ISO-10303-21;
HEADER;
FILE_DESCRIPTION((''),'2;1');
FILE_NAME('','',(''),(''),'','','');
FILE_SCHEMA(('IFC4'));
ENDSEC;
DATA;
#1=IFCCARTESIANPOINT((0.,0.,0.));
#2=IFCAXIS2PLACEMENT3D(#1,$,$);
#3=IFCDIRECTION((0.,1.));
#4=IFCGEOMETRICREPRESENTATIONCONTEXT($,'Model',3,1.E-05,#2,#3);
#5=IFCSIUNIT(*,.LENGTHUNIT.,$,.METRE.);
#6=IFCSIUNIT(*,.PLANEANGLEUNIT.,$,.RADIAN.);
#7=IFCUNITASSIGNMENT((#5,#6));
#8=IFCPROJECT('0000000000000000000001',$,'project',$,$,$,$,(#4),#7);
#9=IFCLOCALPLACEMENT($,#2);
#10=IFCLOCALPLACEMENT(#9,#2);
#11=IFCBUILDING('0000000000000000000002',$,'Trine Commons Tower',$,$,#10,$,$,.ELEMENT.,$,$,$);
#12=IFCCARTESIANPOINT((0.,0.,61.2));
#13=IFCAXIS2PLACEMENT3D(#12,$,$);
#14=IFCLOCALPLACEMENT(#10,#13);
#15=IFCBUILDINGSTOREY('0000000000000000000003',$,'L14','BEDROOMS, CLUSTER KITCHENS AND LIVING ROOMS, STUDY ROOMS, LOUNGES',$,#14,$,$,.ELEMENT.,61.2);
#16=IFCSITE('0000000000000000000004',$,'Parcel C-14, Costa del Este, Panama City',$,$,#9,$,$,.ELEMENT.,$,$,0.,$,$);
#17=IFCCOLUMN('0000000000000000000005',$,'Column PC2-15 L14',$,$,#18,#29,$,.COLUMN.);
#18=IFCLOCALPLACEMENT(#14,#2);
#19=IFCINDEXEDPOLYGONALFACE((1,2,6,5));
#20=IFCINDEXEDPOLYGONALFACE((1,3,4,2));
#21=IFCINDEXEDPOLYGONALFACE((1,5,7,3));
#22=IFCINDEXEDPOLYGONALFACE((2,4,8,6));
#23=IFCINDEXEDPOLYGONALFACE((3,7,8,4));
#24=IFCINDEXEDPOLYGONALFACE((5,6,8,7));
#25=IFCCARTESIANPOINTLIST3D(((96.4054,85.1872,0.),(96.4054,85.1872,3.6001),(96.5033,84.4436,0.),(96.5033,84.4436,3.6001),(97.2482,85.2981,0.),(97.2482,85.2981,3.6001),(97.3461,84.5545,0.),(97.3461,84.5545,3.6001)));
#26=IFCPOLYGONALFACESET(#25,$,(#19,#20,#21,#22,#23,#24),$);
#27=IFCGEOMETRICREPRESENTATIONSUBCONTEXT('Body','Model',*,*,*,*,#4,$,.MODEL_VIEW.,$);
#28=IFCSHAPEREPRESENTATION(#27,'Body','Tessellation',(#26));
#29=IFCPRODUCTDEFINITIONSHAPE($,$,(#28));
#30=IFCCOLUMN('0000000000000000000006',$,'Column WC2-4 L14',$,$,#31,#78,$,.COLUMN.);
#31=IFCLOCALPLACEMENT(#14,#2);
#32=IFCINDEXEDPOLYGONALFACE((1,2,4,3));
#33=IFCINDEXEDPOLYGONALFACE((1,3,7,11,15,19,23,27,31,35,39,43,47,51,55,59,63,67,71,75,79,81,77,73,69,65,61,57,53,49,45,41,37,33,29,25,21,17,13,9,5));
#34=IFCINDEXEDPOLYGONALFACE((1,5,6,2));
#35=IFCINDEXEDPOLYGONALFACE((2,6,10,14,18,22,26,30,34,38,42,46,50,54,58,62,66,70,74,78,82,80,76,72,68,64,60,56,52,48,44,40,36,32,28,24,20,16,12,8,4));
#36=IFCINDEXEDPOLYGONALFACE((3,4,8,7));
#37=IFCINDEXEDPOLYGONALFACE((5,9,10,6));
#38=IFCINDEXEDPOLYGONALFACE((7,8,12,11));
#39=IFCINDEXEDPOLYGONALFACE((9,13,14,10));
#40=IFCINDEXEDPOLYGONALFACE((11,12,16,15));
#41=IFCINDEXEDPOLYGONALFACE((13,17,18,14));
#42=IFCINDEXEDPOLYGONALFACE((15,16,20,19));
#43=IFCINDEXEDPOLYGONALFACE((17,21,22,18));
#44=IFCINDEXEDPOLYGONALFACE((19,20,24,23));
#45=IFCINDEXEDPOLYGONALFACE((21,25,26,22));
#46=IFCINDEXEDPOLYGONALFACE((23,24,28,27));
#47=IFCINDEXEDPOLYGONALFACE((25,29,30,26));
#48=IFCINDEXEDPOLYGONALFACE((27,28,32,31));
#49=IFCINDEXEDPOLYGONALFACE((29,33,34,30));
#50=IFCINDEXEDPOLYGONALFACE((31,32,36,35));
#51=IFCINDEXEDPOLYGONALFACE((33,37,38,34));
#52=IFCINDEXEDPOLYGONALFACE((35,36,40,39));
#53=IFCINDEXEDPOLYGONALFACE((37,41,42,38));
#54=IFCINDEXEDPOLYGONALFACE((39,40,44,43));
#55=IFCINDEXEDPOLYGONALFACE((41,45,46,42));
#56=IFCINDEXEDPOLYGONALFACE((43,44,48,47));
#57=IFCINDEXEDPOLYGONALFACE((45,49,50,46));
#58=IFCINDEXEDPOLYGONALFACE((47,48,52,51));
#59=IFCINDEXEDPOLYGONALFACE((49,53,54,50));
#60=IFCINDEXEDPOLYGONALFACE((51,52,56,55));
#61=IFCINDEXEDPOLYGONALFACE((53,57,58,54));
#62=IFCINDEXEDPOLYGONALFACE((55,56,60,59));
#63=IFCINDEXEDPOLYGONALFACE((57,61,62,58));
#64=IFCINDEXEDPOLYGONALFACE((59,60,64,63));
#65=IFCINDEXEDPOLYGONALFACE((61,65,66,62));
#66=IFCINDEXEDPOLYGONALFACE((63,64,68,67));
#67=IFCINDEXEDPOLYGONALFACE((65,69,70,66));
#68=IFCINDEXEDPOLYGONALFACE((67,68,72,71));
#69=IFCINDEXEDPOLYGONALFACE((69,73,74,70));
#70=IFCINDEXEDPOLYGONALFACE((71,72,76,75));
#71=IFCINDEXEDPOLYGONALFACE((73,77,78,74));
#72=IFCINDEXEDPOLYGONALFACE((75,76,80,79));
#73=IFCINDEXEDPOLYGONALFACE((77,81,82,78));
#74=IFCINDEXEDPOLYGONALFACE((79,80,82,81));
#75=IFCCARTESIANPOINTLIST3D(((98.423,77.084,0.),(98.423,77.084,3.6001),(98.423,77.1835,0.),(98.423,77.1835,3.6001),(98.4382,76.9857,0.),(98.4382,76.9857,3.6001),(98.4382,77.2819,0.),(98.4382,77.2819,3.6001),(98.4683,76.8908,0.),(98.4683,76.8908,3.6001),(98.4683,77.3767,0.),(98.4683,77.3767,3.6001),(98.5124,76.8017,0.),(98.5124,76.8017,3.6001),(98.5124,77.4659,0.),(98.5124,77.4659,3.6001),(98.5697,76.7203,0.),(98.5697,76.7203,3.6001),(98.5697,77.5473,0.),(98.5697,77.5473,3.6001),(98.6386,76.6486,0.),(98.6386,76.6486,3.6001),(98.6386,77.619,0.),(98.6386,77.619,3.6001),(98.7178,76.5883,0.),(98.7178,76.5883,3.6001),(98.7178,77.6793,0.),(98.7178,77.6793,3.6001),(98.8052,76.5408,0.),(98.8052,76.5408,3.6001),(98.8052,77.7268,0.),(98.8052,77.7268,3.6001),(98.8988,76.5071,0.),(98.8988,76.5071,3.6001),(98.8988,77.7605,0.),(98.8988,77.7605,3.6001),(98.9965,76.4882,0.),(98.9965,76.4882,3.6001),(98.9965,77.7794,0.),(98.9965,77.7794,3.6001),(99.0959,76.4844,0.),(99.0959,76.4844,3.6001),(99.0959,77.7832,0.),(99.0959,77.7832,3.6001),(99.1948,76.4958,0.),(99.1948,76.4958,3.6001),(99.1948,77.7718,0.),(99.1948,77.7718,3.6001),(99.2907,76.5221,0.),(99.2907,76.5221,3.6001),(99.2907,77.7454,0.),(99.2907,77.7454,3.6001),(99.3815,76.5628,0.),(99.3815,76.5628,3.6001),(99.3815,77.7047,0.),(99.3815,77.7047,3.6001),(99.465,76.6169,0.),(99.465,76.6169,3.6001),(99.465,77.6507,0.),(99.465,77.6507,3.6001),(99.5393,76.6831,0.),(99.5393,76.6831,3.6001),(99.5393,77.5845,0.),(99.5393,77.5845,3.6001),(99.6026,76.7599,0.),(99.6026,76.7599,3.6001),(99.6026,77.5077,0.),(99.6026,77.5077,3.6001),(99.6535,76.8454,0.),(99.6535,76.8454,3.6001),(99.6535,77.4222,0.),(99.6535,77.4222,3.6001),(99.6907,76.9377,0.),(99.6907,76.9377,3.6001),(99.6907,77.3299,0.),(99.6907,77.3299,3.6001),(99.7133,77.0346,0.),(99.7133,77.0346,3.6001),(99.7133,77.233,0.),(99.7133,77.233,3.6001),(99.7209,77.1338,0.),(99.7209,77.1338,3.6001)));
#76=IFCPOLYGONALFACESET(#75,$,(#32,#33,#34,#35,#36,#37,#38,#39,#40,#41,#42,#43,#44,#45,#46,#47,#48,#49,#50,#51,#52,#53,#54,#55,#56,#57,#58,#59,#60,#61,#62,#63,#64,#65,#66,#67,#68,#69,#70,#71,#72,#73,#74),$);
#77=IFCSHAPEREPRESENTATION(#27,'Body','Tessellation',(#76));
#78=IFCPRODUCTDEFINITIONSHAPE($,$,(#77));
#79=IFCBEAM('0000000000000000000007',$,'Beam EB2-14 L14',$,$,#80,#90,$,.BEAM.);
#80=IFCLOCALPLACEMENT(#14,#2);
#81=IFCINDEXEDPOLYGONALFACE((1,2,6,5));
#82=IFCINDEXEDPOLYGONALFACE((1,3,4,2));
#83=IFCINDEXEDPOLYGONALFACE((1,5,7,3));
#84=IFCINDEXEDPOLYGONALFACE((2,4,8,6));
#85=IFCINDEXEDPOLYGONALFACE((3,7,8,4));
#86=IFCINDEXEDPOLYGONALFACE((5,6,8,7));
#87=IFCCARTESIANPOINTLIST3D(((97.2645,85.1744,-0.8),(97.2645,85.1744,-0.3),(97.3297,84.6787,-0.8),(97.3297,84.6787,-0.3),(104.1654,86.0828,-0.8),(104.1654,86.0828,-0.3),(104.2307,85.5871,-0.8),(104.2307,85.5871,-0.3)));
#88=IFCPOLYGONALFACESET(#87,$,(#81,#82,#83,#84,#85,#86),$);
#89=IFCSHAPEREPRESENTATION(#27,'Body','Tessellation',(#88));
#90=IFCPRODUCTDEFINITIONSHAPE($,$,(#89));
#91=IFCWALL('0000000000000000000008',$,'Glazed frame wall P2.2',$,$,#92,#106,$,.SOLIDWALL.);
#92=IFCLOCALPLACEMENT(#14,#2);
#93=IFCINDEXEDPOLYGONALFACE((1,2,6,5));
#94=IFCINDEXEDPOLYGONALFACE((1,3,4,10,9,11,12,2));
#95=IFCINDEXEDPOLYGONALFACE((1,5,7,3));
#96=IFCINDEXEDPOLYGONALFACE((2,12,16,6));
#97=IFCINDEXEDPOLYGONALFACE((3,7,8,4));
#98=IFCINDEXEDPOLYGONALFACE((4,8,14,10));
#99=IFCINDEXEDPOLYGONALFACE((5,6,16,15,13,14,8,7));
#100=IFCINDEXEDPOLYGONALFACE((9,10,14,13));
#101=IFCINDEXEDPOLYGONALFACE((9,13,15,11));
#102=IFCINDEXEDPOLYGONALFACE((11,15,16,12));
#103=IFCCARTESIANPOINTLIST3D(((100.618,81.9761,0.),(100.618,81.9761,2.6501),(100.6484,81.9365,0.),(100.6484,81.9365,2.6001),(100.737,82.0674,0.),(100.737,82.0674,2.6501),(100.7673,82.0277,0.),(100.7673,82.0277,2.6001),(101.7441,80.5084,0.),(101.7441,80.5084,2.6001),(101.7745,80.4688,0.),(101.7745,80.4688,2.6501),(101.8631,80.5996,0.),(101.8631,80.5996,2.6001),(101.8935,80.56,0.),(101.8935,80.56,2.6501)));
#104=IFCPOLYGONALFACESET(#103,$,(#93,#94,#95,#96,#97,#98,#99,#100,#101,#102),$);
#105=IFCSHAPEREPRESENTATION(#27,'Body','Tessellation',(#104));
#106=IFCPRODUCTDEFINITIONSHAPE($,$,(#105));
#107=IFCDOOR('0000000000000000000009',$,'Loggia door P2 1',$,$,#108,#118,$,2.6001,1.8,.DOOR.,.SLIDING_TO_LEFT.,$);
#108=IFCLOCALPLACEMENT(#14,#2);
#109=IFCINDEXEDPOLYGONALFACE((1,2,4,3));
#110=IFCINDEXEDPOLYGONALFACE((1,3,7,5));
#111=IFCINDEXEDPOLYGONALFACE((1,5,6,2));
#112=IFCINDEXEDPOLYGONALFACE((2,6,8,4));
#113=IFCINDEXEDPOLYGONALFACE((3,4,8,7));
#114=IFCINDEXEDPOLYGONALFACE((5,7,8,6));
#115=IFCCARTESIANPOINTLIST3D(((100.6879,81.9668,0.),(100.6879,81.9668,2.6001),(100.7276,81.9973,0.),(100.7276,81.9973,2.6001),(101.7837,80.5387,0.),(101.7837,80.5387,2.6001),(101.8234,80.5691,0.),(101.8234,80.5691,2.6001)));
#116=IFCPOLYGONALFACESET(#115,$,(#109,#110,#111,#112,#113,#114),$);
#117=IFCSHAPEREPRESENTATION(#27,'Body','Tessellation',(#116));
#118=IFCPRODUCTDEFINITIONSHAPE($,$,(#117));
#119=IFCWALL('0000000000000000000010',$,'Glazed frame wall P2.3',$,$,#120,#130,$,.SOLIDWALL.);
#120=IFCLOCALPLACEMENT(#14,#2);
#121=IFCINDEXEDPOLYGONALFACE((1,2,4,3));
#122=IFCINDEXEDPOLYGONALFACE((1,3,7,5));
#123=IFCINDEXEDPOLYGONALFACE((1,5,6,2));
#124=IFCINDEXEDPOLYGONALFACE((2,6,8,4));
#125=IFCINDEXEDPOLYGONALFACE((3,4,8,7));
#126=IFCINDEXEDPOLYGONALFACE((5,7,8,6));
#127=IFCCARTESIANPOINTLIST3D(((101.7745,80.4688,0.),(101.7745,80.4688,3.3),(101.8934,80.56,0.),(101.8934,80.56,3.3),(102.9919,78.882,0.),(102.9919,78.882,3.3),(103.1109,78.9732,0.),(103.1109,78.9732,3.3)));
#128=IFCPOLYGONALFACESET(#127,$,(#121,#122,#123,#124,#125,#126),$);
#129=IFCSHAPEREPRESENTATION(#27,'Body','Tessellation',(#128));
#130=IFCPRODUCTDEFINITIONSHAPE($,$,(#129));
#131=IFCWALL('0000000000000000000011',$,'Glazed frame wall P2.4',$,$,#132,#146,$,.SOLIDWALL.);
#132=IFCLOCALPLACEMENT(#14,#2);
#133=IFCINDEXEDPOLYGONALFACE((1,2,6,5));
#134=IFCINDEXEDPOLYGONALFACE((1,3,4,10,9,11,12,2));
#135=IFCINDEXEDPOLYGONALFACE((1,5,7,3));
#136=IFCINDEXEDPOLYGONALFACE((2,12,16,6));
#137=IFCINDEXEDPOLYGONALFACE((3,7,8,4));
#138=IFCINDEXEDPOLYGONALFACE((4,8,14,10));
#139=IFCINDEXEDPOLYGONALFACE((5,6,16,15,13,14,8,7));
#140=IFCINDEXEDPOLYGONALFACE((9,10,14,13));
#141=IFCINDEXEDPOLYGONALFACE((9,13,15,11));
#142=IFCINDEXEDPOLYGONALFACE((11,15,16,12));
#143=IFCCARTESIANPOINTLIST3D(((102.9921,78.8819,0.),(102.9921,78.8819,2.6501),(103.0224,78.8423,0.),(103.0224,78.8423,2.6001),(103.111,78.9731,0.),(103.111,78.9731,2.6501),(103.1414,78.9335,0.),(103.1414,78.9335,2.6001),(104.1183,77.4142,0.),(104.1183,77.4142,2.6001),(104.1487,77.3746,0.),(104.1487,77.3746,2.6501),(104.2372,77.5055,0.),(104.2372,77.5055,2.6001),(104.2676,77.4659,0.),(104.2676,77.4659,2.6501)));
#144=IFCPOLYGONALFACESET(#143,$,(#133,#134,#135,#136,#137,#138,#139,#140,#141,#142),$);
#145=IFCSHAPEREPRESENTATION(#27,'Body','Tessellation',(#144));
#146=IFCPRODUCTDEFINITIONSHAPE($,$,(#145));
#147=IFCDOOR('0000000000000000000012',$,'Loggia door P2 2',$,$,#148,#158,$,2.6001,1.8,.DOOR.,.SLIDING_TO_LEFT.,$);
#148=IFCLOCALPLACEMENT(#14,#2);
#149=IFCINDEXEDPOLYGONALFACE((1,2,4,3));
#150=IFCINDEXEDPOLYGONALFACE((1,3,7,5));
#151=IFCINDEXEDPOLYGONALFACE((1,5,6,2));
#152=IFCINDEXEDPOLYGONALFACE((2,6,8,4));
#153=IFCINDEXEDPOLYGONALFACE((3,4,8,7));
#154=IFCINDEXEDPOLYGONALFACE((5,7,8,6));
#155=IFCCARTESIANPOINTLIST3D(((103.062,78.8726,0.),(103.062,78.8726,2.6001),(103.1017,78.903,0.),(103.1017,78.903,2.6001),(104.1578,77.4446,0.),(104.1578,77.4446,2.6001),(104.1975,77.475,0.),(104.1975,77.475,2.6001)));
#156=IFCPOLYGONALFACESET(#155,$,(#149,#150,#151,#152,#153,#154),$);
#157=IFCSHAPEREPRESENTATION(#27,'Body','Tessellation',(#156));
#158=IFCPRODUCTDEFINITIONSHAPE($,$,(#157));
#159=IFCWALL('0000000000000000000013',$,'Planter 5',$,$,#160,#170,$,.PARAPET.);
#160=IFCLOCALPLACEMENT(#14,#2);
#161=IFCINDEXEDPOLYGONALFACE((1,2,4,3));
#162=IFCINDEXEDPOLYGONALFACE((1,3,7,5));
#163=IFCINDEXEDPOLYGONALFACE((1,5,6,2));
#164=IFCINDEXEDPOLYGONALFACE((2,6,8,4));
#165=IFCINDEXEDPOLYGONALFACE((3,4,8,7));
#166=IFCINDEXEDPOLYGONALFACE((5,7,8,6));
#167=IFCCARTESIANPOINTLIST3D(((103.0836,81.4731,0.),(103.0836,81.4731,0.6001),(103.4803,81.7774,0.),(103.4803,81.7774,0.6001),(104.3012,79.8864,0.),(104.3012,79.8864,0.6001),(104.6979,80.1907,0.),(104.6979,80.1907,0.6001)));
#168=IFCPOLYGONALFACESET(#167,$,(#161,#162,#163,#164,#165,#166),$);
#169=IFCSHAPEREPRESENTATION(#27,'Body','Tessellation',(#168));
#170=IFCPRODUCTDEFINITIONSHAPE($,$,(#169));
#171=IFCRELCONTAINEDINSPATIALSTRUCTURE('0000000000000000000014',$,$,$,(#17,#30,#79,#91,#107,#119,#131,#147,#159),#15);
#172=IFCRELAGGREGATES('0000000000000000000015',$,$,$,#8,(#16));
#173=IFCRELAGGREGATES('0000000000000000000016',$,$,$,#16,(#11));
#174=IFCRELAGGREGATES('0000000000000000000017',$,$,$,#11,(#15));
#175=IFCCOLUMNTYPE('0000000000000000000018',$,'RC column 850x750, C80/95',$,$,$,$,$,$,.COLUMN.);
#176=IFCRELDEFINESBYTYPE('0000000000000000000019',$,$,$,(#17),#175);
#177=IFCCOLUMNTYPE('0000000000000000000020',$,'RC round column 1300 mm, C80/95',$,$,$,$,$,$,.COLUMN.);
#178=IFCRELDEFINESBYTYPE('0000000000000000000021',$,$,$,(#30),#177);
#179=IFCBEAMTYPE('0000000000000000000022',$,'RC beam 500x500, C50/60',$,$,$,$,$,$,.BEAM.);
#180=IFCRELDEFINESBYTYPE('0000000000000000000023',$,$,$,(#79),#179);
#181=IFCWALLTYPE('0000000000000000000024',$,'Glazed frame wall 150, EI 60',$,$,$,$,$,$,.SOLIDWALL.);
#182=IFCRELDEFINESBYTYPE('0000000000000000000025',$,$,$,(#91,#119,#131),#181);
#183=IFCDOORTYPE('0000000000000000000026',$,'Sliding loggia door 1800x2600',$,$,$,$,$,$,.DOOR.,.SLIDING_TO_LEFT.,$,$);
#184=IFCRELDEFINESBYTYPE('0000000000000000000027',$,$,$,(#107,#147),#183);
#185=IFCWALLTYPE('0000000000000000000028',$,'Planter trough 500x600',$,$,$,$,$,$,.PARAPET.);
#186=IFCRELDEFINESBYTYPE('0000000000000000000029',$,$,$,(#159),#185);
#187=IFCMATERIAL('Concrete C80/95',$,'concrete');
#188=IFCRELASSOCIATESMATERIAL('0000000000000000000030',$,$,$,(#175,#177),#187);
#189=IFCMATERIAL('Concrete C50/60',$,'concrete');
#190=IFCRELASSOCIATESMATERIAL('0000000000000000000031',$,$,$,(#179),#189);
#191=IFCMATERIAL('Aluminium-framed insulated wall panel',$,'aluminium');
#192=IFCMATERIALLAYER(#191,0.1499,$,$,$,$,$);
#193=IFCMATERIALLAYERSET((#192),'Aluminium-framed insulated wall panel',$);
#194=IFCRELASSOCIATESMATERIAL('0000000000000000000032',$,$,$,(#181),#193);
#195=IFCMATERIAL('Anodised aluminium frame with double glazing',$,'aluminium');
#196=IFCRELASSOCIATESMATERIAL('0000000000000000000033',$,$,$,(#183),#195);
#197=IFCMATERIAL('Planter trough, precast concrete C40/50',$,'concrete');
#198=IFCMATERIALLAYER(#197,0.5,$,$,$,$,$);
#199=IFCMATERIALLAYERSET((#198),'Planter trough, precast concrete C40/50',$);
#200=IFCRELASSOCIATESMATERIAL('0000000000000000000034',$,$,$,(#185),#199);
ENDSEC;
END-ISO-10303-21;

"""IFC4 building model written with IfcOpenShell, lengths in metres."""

from ifc_helpers import new_model, si_unit, direction, frame, frame_2d, origin, origin_2d, place, context, subcontext, project, spatial, polyline, rectangle, circle, outline, extrude, material, layer, layer_set, material_profile, profile_set, type_object, element, fill, save


model = new_model("IFC4")

# Units and contexts
model_context = context("Model", 3, precision=1e-05, world=origin(), true_north=direction((0.0, 1.0)))
body_context = subcontext(model_context, "Body", "Model", "MODEL_VIEW")
ifc_project = project(units=[si_unit("LENGTHUNIT", "METRE"), si_unit("PLANEANGLEUNIT", "RADIAN")], contexts=[model_context])

# Site, building, storey
site_placement = place(None, origin())
site = spatial("IfcSite", under=ifc_project, at=site_placement, Name="Parcel C-14, Costa del Este, Panama City", CompositionType="ELEMENT", RefElevation=0.0)
building_placement = place(site_placement, origin())
building = spatial("IfcBuilding", under=site, at=building_placement, Name="Trine Commons Tower", CompositionType="ELEMENT")
storey_placement = place(building_placement, frame((0.0, 0.0, 61.2)))
storey = spatial("IfcBuildingStorey", under=building, at=storey_placement, Name="L14", Description="BEDROOMS, CLUSTER KITCHENS AND LIVING ROOMS, STUDY ROOMS, LOUNGES", CompositionType="ELEMENT", Elevation=61.2)

# Columns
ifc_material_1 = material(Name="Concrete C80/95", Category="concrete")
ifc_material_profile_1 = material_profile(ifc_material_1, rectangle(XDim=0.8501, YDim=0.75, at=origin_2d()), Name="RC 850x750")
ifc_profile_set_1 = profile_set([ifc_material_profile_1], Name="Concrete C80/95")
column_type_1 = type_object("IfcColumnType", Name="RC column 850x750, C80/95", PredefinedType="COLUMN", material=ifc_profile_set_1)
column_1_placement = place(storey_placement, frame((96.8757, 84.8708, 0.0), z_axis=(0.0, 0.0, 1.0), x_axis=(0.991445, 0.130526, 0.0)))
element("IfcColumn", 1, at=column_1_placement, inside=storey, type_object=column_type_1, Name="Column PC2-15 L14", PredefinedType="COLUMN", context=body_context, shape_type="SweptSolid", body=[
    extrude(rectangle(XDim=0.8501, YDim=0.75, at=origin_2d()), origin(), (0.0, 0.0, 1.0), 3.6001),
])
ifc_material_profile_2 = material_profile(ifc_material_1, circle(Radius=0.6499, at=origin_2d()), Name="RC round 1300")
ifc_profile_set_2 = profile_set([ifc_material_profile_2], Name="Concrete C80/95")
column_type_2 = type_object("IfcColumnType", Name="RC round column 1300 mm, C80/95", PredefinedType="COLUMN", material=ifc_profile_set_2)
column_2_placement = place(storey_placement, frame((99.071, 77.1338, 0.0), z_axis=(0.0, 0.0, 1.0), x_axis=(1.0, 0.0, 0.0)))
element("IfcColumn", 2, at=column_2_placement, inside=storey, type_object=column_type_2, Name="Column WC2-4 L14", PredefinedType="COLUMN", context=body_context, shape_type="SweptSolid", body=[
    extrude(circle(Radius=0.6499, at=origin_2d()), origin(), (0.0, 0.0, 1.0), 3.6001),
])

# Beam
ifc_material_2 = material(Name="Concrete C50/60", Category="concrete")
ifc_material_profile_3 = material_profile(ifc_material_2, rectangle(XDim=0.5, YDim=0.5, at=origin_2d()), Name="RC 500x500")
ifc_profile_set_3 = profile_set([ifc_material_profile_3], Name="Concrete C50/60")
beam_type = type_object("IfcBeamType", Name="RC beam 500x500, C50/60", PredefinedType="BEAM", material=ifc_profile_set_3)
beam_placement = place(storey_placement, frame((97.2971, 84.9265, -0.55), z_axis=(0.991446, 0.130516, 0.0), x_axis=(-0.130516, 0.991446, 0.0)))
element("IfcBeam", 3, at=beam_placement, inside=storey, type_object=beam_type, Name="Beam EB2-14 L14", PredefinedType="BEAM", context=body_context, shape_type="SweptSolid", body=[
    extrude(rectangle(XDim=0.5, YDim=0.5, at=origin_2d()), origin(), (0.0, 0.0, 1.0), 6.9604),
])

# Shared definitions
ifc_material_3 = material(Name="Aluminium-framed insulated wall panel", Category="aluminium")
ifc_layer_1 = layer(ifc_material_3, 0.1499)
ifc_layer_set_1 = layer_set([ifc_layer_1], Name="Aluminium-framed insulated wall panel")
wall_type_1 = type_object("IfcWallType", Name="Glazed frame wall 150, EI 60", PredefinedType="SOLIDWALL", material=ifc_layer_set_1)

# Wall, opening, door
wall_1_placement = place(storey_placement, frame((100.6775, 82.0217, 0.0), z_axis=(0.0, 0.0, 1.0), x_axis=(0.608723, -0.793383, 0.0)))
wall_1 = element("IfcWall", 4, at=wall_1_placement, inside=storey, type_object=wall_type_1, Name="Glazed frame wall P2.2", PredefinedType="SOLIDWALL", context=body_context, shape_type="SweptSolid", body=[
    extrude(outline(polyline([(0.0, -0.075), (1.8999, -0.075), (1.8999, 0.075), (0.0, 0.075), (0.0, -0.075)])), origin(), (0.0, 0.0, 1.0), 2.6501),
])
opening_1_placement = place(wall_1_placement, frame((0.05, 0.0, 0.0)))
opening_1 = element("IfcOpeningElement", 5, at=opening_1_placement, cuts=wall_1, PredefinedType="OPENING", context=body_context, shape_type="SweptSolid", body=[
    extrude(rectangle(XDim=1.8, YDim=2.6001, at=frame_2d((0.8999, 1.3))), frame((0.0, 0.085, 0.0), z_axis=(0.0, -1.0, 0.0), x_axis=(1.0, 0.0, 0.0)), (0.0, 0.0, 1.0), 0.1699),
])
ifc_material_4 = material(Name="Anodised aluminium frame with double glazing", Category="aluminium")
door_type_1 = type_object("IfcDoorType", Name="Sliding loggia door 1800x2600", OperationType="SLIDING_TO_LEFT", PredefinedType="DOOR", material=ifc_material_4)
door_1_placement = place(opening_1_placement, origin())
door_1 = element("IfcDoor", 6, at=door_1_placement, inside=storey, type_object=door_type_1, Name="Loggia door P2 1", OperationType="SLIDING_TO_LEFT", OverallHeight=2.6001, OverallWidth=1.8, PredefinedType="DOOR", context=body_context, shape_type="SweptSolid", body=[
    extrude(rectangle(XDim=1.8, YDim=2.6001, at=frame_2d((0.8999, 1.3))), frame((0.0, 0.0249, 0.0), z_axis=(0.0, -1.0, 0.0), x_axis=(1.0, 0.0, 0.0)), (0.0, 0.0, 1.0), 0.05),
])
fill(opening_1, door_1)

# Wall
wall_2_placement = place(storey_placement, frame((101.834, 80.5144, 0.0), z_axis=(0.0, 0.0, 1.0), x_axis=(0.608713, -0.79339, 0.0)))
element("IfcWall", 7, at=wall_2_placement, inside=storey, type_object=wall_type_1, Name="Glazed frame wall P2.3", PredefinedType="SOLIDWALL", context=body_context, shape_type="SweptSolid", body=[
    extrude(outline(polyline([(0.0, -0.075), (2.0, -0.075), (2.0, 0.075), (0.0, 0.075), (0.0, -0.075)])), origin(), (0.0, 0.0, 1.0), 3.3),
])

# Wall, opening, door
wall_3_placement = place(storey_placement, frame((103.0515, 78.9275, 0.0), z_axis=(0.0, 0.0, 1.0), x_axis=(0.608804, -0.793321, 0.0)))
wall_3 = element("IfcWall", 8, at=wall_3_placement, inside=storey, type_object=wall_type_1, Name="Glazed frame wall P2.4", PredefinedType="SOLIDWALL", context=body_context, shape_type="SweptSolid", body=[
    extrude(outline(polyline([(0.0, -0.075), (1.8999, -0.075), (1.8999, 0.075), (0.0, 0.075), (0.0, -0.075)])), origin(), (0.0, 0.0, 1.0), 2.6501),
])
opening_2_placement = place(wall_3_placement, frame((0.05, 0.0, 0.0)))
opening_2 = element("IfcOpeningElement", 9, at=opening_2_placement, cuts=wall_3, PredefinedType="OPENING", context=body_context, shape_type="SweptSolid", body=[
    extrude(rectangle(XDim=1.8, YDim=2.6001, at=frame_2d((0.8999, 1.3))), frame((0.0, 0.085, 0.0), z_axis=(0.0, -1.0, 0.0), x_axis=(1.0, 0.0, 0.0)), (0.0, 0.0, 1.0), 0.1699),
])
door_2_placement = place(opening_2_placement, origin())
door_2 = element("IfcDoor", 10, at=door_2_placement, inside=storey, type_object=door_type_1, Name="Loggia door P2 2", OperationType="SLIDING_TO_LEFT", OverallHeight=2.6001, OverallWidth=1.8, PredefinedType="DOOR", context=body_context, shape_type="SweptSolid", body=[
    extrude(rectangle(XDim=1.8, YDim=2.6001, at=frame_2d((0.8999, 1.3))), frame((0.0, 0.0249, 0.0), z_axis=(0.0, -1.0, 0.0), x_axis=(1.0, 0.0, 0.0)), (0.0, 0.0, 1.0), 0.05),
])
fill(opening_2, door_2)

# Wall
ifc_material_5 = material(Name="Planter trough, precast concrete C40/50", Category="concrete")
ifc_layer_2 = layer(ifc_material_5, 0.5)
ifc_layer_set_2 = layer_set([ifc_layer_2], Name="Planter trough, precast concrete C40/50")
wall_type_2 = type_object("IfcWallType", Name="Planter trough 500x600", PredefinedType="PARAPET", material=ifc_layer_set_2)
wall_4_placement = place(storey_placement, frame((103.282, 81.6252, 0.0), z_axis=(0.0, 0.0, 1.0), x_axis=(0.608772, -0.793345, 0.0)))
element("IfcWall", 11, at=wall_4_placement, inside=storey, type_object=wall_type_2, Name="Planter 5", PredefinedType="PARAPET", context=body_context, shape_type="SweptSolid", body=[
    extrude(rectangle(XDim=2.0, YDim=0.5, at=frame_2d((1.0, 0.0))), origin(), (0.0, 0.0, 1.0), 0.6001),
])

save(model, "model.ifc")
